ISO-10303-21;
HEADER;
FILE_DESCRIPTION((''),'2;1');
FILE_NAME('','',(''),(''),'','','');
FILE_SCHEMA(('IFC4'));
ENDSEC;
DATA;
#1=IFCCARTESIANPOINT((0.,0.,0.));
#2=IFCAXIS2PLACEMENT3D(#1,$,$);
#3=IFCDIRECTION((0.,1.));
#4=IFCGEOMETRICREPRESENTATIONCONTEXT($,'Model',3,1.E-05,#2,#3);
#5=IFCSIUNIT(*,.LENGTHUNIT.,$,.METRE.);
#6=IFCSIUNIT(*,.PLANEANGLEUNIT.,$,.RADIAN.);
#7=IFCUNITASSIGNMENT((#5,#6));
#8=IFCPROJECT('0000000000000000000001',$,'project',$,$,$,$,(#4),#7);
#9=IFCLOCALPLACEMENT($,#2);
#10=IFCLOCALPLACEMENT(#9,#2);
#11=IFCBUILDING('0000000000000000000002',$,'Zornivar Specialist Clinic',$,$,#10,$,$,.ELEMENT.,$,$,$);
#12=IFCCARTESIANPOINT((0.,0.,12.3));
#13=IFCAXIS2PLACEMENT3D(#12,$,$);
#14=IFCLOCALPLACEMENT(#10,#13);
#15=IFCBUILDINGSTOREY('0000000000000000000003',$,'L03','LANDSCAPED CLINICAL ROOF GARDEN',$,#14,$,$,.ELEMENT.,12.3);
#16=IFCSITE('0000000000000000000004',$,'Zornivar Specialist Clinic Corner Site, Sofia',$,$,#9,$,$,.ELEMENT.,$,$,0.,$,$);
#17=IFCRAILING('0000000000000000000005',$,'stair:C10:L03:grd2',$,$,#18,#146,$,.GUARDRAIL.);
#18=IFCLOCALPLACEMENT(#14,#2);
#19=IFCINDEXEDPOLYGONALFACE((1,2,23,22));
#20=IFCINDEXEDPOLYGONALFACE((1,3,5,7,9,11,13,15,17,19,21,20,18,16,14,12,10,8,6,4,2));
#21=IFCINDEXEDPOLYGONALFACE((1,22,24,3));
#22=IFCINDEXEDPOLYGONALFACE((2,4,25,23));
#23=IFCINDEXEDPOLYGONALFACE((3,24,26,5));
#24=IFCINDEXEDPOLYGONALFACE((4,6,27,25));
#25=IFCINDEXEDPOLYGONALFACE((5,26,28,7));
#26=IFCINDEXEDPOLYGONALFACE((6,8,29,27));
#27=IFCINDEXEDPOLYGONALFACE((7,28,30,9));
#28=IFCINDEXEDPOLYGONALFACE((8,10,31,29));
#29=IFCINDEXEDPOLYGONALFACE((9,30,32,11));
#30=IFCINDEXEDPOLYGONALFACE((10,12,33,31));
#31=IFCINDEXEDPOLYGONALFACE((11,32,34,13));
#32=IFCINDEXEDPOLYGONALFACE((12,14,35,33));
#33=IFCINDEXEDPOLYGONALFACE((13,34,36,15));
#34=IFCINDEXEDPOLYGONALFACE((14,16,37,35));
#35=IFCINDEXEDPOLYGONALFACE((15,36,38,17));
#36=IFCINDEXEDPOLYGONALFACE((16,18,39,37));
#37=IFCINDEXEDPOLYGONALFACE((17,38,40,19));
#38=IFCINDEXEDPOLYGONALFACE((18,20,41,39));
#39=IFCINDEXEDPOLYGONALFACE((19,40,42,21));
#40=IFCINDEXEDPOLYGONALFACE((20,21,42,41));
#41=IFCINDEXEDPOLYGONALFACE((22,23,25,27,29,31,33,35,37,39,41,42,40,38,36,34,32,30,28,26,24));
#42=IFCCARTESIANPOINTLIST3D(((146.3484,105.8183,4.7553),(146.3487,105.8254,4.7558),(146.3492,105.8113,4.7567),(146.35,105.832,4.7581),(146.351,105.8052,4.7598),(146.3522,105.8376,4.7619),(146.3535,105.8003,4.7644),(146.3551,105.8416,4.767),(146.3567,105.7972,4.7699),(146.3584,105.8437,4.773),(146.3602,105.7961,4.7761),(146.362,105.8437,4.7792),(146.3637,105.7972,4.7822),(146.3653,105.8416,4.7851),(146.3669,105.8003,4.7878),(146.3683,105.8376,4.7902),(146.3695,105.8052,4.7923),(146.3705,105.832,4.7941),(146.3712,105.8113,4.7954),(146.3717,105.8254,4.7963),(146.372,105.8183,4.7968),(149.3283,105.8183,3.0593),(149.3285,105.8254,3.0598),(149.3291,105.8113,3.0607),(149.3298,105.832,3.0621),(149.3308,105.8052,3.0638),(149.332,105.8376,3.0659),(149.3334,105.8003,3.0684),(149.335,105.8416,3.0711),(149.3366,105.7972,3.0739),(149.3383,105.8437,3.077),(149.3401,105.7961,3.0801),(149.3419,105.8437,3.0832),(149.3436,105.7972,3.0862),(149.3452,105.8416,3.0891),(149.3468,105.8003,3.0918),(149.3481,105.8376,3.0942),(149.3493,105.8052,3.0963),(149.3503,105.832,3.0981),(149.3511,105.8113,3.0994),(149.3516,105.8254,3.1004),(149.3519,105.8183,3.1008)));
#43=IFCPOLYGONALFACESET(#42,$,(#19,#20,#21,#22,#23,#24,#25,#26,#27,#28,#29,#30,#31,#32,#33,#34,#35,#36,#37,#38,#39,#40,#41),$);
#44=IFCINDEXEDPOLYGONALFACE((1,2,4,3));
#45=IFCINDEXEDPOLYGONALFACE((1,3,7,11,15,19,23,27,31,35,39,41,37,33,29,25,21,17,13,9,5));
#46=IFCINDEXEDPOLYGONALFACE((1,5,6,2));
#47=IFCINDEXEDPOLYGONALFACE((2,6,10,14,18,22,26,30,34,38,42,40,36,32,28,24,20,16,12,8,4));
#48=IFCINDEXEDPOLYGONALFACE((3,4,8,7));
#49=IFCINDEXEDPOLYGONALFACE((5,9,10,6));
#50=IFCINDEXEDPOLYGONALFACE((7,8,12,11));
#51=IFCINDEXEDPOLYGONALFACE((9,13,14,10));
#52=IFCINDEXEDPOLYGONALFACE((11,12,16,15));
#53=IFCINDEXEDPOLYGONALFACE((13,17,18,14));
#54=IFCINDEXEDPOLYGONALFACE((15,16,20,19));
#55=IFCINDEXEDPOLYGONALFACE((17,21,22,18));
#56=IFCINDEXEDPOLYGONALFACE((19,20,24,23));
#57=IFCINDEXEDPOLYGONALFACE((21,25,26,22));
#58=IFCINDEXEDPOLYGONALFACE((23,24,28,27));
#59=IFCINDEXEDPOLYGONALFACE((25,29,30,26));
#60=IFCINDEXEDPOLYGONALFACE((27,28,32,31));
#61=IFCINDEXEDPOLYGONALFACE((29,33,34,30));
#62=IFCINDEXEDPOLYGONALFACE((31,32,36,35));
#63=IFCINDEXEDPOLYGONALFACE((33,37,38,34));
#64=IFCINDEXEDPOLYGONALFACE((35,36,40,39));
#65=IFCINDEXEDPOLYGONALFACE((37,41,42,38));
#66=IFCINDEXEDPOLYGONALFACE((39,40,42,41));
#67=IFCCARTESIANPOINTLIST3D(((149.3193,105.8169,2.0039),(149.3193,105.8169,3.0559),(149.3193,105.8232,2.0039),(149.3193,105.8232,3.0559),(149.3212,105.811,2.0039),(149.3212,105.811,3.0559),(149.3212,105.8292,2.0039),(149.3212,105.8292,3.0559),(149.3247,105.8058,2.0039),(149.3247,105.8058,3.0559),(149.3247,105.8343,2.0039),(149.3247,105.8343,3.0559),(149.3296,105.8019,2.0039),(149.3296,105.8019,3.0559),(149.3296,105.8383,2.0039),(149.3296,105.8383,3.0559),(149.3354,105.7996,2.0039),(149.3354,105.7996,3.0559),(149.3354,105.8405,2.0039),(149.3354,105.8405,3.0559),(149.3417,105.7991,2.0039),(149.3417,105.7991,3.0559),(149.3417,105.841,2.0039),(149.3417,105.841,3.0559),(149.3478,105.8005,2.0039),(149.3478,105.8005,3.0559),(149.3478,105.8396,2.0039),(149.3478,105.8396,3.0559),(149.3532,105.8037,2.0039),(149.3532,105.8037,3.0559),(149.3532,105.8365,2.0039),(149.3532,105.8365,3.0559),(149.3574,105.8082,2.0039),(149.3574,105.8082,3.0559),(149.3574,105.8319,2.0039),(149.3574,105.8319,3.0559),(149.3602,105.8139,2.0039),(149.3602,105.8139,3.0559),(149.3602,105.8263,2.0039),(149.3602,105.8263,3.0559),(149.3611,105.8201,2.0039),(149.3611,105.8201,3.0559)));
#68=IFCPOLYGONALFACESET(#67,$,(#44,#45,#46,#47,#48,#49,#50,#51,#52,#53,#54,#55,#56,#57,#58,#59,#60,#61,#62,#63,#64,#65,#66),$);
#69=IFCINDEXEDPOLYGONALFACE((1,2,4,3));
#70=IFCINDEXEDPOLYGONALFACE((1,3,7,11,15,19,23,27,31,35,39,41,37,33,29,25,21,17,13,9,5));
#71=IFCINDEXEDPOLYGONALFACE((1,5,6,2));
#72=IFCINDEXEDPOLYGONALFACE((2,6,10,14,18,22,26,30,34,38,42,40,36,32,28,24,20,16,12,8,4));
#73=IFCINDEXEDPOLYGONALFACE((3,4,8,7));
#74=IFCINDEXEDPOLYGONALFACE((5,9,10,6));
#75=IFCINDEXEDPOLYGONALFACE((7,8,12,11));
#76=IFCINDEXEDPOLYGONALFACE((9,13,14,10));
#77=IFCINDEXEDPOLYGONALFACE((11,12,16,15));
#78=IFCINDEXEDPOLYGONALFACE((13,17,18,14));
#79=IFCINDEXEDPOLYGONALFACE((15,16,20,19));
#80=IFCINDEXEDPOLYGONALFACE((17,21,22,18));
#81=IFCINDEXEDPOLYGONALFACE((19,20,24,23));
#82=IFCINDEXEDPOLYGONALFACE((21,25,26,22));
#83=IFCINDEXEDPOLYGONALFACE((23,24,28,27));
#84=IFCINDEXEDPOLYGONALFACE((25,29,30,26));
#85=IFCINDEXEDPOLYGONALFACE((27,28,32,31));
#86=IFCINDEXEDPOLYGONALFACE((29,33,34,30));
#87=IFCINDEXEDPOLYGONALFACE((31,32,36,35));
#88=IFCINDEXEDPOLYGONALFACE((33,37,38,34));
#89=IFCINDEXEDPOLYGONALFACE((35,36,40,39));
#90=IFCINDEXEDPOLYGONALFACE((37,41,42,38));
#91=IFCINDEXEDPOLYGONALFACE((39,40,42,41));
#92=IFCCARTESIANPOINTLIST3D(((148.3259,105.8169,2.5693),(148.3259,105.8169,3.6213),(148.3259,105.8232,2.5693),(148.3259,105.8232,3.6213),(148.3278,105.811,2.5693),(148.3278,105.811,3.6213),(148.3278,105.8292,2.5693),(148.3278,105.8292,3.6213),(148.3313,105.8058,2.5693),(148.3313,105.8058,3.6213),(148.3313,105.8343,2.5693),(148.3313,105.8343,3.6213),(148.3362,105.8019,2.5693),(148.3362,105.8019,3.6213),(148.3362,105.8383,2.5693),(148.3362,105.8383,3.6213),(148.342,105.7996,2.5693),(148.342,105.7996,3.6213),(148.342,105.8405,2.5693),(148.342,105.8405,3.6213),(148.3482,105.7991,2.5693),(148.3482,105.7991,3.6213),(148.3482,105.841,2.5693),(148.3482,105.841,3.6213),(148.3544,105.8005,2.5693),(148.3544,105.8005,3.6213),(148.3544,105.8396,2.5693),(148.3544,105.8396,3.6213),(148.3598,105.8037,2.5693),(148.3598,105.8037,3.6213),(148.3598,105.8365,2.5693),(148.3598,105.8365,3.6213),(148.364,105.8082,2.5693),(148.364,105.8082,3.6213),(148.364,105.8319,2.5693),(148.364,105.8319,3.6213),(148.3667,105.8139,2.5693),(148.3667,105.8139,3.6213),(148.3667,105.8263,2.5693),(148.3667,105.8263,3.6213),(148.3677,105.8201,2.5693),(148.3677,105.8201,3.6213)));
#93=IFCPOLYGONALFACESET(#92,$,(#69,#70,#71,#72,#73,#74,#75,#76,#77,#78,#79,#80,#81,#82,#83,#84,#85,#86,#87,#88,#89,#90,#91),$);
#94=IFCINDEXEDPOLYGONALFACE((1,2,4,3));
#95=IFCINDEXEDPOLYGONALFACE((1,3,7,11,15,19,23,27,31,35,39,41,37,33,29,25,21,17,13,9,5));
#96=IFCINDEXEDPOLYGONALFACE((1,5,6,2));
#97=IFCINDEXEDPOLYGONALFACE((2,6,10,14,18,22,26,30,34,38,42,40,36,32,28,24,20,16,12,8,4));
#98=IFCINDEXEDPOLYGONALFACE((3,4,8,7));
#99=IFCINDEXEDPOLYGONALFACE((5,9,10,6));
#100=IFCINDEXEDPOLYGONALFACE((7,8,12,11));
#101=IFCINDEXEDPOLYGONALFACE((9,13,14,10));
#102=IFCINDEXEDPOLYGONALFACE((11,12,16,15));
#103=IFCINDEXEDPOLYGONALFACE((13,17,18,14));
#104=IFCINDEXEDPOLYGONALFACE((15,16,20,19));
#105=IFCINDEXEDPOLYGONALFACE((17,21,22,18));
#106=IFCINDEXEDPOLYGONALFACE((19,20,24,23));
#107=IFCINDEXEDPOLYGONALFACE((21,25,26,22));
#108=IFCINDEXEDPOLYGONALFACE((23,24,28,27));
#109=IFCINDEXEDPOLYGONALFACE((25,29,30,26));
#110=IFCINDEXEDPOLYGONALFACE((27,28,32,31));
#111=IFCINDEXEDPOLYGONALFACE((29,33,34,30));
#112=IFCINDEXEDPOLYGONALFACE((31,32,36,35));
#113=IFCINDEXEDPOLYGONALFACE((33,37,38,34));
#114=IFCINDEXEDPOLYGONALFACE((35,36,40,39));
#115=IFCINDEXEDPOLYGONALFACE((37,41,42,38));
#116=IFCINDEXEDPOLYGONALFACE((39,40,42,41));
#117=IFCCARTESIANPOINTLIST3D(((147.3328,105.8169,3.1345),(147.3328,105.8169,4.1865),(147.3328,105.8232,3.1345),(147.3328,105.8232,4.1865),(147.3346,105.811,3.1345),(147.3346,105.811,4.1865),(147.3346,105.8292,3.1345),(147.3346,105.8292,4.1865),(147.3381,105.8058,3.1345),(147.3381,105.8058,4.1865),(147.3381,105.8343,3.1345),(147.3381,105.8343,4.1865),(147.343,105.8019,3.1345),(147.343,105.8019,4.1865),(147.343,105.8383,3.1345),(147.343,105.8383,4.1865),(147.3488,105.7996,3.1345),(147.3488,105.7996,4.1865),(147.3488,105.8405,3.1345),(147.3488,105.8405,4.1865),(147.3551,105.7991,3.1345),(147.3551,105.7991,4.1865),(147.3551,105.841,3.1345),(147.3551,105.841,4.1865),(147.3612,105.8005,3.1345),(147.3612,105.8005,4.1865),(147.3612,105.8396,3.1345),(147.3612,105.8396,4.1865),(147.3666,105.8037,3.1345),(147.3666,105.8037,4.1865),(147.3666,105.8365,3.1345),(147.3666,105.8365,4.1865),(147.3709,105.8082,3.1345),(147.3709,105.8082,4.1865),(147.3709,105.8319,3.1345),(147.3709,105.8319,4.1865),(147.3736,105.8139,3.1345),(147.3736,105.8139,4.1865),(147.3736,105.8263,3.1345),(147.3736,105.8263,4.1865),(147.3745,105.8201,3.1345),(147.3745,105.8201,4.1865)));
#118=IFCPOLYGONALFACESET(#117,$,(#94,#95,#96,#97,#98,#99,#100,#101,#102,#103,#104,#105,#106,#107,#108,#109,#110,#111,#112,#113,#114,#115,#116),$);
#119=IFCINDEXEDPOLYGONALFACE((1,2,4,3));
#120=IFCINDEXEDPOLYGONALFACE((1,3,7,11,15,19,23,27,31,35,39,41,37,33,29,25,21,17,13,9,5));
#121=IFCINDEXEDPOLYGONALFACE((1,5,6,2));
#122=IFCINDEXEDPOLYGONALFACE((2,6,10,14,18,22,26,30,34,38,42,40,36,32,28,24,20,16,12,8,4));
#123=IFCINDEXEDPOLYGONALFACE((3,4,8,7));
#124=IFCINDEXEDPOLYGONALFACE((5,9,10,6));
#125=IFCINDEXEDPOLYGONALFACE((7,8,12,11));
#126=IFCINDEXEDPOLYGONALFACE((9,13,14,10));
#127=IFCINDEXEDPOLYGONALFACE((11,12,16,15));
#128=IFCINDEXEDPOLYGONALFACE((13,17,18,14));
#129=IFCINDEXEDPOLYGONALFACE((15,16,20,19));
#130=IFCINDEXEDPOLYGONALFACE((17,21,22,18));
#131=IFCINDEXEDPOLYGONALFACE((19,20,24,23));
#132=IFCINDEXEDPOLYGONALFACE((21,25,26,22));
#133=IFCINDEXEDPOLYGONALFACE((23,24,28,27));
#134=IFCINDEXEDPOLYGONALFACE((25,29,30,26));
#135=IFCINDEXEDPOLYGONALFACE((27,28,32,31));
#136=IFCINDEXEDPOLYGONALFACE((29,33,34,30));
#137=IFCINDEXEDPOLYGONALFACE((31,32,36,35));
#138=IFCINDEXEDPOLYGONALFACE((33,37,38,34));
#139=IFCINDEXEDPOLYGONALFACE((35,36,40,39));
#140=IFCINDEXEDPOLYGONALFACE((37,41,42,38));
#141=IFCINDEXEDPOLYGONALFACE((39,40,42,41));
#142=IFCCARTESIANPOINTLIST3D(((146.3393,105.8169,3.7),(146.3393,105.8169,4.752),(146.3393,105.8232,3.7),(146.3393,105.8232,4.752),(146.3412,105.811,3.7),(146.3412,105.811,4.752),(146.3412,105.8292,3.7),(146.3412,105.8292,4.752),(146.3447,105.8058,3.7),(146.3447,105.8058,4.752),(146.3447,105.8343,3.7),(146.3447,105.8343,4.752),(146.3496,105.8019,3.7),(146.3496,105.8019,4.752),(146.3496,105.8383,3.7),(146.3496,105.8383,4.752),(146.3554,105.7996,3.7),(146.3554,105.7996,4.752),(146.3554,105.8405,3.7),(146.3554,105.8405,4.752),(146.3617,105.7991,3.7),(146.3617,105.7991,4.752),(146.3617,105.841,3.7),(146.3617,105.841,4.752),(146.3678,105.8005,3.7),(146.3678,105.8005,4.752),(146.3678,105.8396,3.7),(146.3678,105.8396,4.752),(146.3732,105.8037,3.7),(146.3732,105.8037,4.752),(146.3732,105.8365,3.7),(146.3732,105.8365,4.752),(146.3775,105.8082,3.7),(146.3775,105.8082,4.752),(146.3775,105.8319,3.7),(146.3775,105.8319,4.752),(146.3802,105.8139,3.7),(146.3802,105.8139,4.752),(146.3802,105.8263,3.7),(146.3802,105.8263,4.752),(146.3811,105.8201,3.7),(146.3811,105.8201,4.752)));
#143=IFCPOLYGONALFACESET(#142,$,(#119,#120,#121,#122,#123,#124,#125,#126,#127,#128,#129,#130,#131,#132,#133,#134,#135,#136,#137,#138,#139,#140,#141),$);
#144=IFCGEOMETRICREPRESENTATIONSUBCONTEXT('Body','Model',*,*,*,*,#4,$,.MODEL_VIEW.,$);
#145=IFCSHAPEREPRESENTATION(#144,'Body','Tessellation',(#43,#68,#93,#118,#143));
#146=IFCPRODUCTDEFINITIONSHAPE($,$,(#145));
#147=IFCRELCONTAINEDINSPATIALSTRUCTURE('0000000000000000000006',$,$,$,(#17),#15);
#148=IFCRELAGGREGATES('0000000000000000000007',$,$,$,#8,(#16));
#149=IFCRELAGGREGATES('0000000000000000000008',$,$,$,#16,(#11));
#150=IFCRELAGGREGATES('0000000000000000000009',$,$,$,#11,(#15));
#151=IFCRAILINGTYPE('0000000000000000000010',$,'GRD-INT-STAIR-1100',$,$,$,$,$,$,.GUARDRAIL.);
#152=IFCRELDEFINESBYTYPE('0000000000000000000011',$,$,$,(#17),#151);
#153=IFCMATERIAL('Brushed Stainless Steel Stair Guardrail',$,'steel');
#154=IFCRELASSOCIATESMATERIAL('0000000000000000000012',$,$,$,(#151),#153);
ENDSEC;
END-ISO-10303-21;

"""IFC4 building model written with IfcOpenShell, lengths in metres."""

from ifc_helpers import new_model, si_unit, direction, frame, origin, origin_2d, place, context, subcontext, project, spatial, circle, extrude, material, type_object, element, save


model = new_model("IFC4")

# Units and contexts
model_context = context("Model", 3, precision=1e-05, world=origin(), true_north=direction((0.0, 1.0)))
body_context = subcontext(model_context, "Body", "Model", "MODEL_VIEW")
ifc_project = project(units=[si_unit("LENGTHUNIT", "METRE"), si_unit("PLANEANGLEUNIT", "RADIAN")], contexts=[model_context])

# Site, building, storey
site_placement = place(None, origin())
site = spatial("IfcSite", under=ifc_project, at=site_placement, Name="Zornivar Specialist Clinic Corner Site, Sofia", CompositionType="ELEMENT", RefElevation=0.0)
building_placement = place(site_placement, origin())
building = spatial("IfcBuilding", under=site, at=building_placement, Name="Zornivar Specialist Clinic", CompositionType="ELEMENT")
storey_placement = place(building_placement, frame((0.0, 0.0, 12.3)))
storey = spatial("IfcBuildingStorey", under=building, at=storey_placement, Name="L03", Description="LANDSCAPED CLINICAL ROOF GARDEN", CompositionType="ELEMENT", Elevation=12.3)

# Railing
ifc_material_1 = material(Name="Brushed Stainless Steel Stair Guardrail", Category="steel")
railing_type_1 = type_object("IfcRailingType", Name="GRD-INT-STAIR-1100", PredefinedType="GUARDRAIL", material=ifc_material_1)
railing_1_placement = place(storey_placement, frame((149.3401, 105.8201, 2.0039)))
element("IfcRailing", 1, at=railing_1_placement, inside=storey, type_object=railing_type_1, Name="stair:C10:L03:grd2", PredefinedType="GUARDRAIL", context=body_context, shape_type="SweptSolid", body=[
    extrude(circle(Radius=0.0239, at=origin_2d()), frame((0.0, 0.0, 1.0762), z_axis=(-0.869096, 0.0, 0.494643), x_axis=(0.0, -1.0, 0.0)), (0.0, 0.0, 1.0), 3.4287),
    extrude(circle(Radius=0.021, at=origin_2d()), origin(), (0.0, 0.0, 1.0), 1.052),
    extrude(circle(Radius=0.021, at=origin_2d()), frame((-0.9934, 0.0, 0.5654)), (0.0, 0.0, 1.0), 1.052),
    extrude(circle(Radius=0.021, at=origin_2d()), frame((-1.9866, 0.0, 1.1306)), (0.0, 0.0, 1.0), 1.052),
    extrude(circle(Radius=0.021, at=origin_2d()), frame((-2.98, 0.0, 1.696)), (0.0, 0.0, 1.0), 1.052),
])

save(model, "model.ifc")
